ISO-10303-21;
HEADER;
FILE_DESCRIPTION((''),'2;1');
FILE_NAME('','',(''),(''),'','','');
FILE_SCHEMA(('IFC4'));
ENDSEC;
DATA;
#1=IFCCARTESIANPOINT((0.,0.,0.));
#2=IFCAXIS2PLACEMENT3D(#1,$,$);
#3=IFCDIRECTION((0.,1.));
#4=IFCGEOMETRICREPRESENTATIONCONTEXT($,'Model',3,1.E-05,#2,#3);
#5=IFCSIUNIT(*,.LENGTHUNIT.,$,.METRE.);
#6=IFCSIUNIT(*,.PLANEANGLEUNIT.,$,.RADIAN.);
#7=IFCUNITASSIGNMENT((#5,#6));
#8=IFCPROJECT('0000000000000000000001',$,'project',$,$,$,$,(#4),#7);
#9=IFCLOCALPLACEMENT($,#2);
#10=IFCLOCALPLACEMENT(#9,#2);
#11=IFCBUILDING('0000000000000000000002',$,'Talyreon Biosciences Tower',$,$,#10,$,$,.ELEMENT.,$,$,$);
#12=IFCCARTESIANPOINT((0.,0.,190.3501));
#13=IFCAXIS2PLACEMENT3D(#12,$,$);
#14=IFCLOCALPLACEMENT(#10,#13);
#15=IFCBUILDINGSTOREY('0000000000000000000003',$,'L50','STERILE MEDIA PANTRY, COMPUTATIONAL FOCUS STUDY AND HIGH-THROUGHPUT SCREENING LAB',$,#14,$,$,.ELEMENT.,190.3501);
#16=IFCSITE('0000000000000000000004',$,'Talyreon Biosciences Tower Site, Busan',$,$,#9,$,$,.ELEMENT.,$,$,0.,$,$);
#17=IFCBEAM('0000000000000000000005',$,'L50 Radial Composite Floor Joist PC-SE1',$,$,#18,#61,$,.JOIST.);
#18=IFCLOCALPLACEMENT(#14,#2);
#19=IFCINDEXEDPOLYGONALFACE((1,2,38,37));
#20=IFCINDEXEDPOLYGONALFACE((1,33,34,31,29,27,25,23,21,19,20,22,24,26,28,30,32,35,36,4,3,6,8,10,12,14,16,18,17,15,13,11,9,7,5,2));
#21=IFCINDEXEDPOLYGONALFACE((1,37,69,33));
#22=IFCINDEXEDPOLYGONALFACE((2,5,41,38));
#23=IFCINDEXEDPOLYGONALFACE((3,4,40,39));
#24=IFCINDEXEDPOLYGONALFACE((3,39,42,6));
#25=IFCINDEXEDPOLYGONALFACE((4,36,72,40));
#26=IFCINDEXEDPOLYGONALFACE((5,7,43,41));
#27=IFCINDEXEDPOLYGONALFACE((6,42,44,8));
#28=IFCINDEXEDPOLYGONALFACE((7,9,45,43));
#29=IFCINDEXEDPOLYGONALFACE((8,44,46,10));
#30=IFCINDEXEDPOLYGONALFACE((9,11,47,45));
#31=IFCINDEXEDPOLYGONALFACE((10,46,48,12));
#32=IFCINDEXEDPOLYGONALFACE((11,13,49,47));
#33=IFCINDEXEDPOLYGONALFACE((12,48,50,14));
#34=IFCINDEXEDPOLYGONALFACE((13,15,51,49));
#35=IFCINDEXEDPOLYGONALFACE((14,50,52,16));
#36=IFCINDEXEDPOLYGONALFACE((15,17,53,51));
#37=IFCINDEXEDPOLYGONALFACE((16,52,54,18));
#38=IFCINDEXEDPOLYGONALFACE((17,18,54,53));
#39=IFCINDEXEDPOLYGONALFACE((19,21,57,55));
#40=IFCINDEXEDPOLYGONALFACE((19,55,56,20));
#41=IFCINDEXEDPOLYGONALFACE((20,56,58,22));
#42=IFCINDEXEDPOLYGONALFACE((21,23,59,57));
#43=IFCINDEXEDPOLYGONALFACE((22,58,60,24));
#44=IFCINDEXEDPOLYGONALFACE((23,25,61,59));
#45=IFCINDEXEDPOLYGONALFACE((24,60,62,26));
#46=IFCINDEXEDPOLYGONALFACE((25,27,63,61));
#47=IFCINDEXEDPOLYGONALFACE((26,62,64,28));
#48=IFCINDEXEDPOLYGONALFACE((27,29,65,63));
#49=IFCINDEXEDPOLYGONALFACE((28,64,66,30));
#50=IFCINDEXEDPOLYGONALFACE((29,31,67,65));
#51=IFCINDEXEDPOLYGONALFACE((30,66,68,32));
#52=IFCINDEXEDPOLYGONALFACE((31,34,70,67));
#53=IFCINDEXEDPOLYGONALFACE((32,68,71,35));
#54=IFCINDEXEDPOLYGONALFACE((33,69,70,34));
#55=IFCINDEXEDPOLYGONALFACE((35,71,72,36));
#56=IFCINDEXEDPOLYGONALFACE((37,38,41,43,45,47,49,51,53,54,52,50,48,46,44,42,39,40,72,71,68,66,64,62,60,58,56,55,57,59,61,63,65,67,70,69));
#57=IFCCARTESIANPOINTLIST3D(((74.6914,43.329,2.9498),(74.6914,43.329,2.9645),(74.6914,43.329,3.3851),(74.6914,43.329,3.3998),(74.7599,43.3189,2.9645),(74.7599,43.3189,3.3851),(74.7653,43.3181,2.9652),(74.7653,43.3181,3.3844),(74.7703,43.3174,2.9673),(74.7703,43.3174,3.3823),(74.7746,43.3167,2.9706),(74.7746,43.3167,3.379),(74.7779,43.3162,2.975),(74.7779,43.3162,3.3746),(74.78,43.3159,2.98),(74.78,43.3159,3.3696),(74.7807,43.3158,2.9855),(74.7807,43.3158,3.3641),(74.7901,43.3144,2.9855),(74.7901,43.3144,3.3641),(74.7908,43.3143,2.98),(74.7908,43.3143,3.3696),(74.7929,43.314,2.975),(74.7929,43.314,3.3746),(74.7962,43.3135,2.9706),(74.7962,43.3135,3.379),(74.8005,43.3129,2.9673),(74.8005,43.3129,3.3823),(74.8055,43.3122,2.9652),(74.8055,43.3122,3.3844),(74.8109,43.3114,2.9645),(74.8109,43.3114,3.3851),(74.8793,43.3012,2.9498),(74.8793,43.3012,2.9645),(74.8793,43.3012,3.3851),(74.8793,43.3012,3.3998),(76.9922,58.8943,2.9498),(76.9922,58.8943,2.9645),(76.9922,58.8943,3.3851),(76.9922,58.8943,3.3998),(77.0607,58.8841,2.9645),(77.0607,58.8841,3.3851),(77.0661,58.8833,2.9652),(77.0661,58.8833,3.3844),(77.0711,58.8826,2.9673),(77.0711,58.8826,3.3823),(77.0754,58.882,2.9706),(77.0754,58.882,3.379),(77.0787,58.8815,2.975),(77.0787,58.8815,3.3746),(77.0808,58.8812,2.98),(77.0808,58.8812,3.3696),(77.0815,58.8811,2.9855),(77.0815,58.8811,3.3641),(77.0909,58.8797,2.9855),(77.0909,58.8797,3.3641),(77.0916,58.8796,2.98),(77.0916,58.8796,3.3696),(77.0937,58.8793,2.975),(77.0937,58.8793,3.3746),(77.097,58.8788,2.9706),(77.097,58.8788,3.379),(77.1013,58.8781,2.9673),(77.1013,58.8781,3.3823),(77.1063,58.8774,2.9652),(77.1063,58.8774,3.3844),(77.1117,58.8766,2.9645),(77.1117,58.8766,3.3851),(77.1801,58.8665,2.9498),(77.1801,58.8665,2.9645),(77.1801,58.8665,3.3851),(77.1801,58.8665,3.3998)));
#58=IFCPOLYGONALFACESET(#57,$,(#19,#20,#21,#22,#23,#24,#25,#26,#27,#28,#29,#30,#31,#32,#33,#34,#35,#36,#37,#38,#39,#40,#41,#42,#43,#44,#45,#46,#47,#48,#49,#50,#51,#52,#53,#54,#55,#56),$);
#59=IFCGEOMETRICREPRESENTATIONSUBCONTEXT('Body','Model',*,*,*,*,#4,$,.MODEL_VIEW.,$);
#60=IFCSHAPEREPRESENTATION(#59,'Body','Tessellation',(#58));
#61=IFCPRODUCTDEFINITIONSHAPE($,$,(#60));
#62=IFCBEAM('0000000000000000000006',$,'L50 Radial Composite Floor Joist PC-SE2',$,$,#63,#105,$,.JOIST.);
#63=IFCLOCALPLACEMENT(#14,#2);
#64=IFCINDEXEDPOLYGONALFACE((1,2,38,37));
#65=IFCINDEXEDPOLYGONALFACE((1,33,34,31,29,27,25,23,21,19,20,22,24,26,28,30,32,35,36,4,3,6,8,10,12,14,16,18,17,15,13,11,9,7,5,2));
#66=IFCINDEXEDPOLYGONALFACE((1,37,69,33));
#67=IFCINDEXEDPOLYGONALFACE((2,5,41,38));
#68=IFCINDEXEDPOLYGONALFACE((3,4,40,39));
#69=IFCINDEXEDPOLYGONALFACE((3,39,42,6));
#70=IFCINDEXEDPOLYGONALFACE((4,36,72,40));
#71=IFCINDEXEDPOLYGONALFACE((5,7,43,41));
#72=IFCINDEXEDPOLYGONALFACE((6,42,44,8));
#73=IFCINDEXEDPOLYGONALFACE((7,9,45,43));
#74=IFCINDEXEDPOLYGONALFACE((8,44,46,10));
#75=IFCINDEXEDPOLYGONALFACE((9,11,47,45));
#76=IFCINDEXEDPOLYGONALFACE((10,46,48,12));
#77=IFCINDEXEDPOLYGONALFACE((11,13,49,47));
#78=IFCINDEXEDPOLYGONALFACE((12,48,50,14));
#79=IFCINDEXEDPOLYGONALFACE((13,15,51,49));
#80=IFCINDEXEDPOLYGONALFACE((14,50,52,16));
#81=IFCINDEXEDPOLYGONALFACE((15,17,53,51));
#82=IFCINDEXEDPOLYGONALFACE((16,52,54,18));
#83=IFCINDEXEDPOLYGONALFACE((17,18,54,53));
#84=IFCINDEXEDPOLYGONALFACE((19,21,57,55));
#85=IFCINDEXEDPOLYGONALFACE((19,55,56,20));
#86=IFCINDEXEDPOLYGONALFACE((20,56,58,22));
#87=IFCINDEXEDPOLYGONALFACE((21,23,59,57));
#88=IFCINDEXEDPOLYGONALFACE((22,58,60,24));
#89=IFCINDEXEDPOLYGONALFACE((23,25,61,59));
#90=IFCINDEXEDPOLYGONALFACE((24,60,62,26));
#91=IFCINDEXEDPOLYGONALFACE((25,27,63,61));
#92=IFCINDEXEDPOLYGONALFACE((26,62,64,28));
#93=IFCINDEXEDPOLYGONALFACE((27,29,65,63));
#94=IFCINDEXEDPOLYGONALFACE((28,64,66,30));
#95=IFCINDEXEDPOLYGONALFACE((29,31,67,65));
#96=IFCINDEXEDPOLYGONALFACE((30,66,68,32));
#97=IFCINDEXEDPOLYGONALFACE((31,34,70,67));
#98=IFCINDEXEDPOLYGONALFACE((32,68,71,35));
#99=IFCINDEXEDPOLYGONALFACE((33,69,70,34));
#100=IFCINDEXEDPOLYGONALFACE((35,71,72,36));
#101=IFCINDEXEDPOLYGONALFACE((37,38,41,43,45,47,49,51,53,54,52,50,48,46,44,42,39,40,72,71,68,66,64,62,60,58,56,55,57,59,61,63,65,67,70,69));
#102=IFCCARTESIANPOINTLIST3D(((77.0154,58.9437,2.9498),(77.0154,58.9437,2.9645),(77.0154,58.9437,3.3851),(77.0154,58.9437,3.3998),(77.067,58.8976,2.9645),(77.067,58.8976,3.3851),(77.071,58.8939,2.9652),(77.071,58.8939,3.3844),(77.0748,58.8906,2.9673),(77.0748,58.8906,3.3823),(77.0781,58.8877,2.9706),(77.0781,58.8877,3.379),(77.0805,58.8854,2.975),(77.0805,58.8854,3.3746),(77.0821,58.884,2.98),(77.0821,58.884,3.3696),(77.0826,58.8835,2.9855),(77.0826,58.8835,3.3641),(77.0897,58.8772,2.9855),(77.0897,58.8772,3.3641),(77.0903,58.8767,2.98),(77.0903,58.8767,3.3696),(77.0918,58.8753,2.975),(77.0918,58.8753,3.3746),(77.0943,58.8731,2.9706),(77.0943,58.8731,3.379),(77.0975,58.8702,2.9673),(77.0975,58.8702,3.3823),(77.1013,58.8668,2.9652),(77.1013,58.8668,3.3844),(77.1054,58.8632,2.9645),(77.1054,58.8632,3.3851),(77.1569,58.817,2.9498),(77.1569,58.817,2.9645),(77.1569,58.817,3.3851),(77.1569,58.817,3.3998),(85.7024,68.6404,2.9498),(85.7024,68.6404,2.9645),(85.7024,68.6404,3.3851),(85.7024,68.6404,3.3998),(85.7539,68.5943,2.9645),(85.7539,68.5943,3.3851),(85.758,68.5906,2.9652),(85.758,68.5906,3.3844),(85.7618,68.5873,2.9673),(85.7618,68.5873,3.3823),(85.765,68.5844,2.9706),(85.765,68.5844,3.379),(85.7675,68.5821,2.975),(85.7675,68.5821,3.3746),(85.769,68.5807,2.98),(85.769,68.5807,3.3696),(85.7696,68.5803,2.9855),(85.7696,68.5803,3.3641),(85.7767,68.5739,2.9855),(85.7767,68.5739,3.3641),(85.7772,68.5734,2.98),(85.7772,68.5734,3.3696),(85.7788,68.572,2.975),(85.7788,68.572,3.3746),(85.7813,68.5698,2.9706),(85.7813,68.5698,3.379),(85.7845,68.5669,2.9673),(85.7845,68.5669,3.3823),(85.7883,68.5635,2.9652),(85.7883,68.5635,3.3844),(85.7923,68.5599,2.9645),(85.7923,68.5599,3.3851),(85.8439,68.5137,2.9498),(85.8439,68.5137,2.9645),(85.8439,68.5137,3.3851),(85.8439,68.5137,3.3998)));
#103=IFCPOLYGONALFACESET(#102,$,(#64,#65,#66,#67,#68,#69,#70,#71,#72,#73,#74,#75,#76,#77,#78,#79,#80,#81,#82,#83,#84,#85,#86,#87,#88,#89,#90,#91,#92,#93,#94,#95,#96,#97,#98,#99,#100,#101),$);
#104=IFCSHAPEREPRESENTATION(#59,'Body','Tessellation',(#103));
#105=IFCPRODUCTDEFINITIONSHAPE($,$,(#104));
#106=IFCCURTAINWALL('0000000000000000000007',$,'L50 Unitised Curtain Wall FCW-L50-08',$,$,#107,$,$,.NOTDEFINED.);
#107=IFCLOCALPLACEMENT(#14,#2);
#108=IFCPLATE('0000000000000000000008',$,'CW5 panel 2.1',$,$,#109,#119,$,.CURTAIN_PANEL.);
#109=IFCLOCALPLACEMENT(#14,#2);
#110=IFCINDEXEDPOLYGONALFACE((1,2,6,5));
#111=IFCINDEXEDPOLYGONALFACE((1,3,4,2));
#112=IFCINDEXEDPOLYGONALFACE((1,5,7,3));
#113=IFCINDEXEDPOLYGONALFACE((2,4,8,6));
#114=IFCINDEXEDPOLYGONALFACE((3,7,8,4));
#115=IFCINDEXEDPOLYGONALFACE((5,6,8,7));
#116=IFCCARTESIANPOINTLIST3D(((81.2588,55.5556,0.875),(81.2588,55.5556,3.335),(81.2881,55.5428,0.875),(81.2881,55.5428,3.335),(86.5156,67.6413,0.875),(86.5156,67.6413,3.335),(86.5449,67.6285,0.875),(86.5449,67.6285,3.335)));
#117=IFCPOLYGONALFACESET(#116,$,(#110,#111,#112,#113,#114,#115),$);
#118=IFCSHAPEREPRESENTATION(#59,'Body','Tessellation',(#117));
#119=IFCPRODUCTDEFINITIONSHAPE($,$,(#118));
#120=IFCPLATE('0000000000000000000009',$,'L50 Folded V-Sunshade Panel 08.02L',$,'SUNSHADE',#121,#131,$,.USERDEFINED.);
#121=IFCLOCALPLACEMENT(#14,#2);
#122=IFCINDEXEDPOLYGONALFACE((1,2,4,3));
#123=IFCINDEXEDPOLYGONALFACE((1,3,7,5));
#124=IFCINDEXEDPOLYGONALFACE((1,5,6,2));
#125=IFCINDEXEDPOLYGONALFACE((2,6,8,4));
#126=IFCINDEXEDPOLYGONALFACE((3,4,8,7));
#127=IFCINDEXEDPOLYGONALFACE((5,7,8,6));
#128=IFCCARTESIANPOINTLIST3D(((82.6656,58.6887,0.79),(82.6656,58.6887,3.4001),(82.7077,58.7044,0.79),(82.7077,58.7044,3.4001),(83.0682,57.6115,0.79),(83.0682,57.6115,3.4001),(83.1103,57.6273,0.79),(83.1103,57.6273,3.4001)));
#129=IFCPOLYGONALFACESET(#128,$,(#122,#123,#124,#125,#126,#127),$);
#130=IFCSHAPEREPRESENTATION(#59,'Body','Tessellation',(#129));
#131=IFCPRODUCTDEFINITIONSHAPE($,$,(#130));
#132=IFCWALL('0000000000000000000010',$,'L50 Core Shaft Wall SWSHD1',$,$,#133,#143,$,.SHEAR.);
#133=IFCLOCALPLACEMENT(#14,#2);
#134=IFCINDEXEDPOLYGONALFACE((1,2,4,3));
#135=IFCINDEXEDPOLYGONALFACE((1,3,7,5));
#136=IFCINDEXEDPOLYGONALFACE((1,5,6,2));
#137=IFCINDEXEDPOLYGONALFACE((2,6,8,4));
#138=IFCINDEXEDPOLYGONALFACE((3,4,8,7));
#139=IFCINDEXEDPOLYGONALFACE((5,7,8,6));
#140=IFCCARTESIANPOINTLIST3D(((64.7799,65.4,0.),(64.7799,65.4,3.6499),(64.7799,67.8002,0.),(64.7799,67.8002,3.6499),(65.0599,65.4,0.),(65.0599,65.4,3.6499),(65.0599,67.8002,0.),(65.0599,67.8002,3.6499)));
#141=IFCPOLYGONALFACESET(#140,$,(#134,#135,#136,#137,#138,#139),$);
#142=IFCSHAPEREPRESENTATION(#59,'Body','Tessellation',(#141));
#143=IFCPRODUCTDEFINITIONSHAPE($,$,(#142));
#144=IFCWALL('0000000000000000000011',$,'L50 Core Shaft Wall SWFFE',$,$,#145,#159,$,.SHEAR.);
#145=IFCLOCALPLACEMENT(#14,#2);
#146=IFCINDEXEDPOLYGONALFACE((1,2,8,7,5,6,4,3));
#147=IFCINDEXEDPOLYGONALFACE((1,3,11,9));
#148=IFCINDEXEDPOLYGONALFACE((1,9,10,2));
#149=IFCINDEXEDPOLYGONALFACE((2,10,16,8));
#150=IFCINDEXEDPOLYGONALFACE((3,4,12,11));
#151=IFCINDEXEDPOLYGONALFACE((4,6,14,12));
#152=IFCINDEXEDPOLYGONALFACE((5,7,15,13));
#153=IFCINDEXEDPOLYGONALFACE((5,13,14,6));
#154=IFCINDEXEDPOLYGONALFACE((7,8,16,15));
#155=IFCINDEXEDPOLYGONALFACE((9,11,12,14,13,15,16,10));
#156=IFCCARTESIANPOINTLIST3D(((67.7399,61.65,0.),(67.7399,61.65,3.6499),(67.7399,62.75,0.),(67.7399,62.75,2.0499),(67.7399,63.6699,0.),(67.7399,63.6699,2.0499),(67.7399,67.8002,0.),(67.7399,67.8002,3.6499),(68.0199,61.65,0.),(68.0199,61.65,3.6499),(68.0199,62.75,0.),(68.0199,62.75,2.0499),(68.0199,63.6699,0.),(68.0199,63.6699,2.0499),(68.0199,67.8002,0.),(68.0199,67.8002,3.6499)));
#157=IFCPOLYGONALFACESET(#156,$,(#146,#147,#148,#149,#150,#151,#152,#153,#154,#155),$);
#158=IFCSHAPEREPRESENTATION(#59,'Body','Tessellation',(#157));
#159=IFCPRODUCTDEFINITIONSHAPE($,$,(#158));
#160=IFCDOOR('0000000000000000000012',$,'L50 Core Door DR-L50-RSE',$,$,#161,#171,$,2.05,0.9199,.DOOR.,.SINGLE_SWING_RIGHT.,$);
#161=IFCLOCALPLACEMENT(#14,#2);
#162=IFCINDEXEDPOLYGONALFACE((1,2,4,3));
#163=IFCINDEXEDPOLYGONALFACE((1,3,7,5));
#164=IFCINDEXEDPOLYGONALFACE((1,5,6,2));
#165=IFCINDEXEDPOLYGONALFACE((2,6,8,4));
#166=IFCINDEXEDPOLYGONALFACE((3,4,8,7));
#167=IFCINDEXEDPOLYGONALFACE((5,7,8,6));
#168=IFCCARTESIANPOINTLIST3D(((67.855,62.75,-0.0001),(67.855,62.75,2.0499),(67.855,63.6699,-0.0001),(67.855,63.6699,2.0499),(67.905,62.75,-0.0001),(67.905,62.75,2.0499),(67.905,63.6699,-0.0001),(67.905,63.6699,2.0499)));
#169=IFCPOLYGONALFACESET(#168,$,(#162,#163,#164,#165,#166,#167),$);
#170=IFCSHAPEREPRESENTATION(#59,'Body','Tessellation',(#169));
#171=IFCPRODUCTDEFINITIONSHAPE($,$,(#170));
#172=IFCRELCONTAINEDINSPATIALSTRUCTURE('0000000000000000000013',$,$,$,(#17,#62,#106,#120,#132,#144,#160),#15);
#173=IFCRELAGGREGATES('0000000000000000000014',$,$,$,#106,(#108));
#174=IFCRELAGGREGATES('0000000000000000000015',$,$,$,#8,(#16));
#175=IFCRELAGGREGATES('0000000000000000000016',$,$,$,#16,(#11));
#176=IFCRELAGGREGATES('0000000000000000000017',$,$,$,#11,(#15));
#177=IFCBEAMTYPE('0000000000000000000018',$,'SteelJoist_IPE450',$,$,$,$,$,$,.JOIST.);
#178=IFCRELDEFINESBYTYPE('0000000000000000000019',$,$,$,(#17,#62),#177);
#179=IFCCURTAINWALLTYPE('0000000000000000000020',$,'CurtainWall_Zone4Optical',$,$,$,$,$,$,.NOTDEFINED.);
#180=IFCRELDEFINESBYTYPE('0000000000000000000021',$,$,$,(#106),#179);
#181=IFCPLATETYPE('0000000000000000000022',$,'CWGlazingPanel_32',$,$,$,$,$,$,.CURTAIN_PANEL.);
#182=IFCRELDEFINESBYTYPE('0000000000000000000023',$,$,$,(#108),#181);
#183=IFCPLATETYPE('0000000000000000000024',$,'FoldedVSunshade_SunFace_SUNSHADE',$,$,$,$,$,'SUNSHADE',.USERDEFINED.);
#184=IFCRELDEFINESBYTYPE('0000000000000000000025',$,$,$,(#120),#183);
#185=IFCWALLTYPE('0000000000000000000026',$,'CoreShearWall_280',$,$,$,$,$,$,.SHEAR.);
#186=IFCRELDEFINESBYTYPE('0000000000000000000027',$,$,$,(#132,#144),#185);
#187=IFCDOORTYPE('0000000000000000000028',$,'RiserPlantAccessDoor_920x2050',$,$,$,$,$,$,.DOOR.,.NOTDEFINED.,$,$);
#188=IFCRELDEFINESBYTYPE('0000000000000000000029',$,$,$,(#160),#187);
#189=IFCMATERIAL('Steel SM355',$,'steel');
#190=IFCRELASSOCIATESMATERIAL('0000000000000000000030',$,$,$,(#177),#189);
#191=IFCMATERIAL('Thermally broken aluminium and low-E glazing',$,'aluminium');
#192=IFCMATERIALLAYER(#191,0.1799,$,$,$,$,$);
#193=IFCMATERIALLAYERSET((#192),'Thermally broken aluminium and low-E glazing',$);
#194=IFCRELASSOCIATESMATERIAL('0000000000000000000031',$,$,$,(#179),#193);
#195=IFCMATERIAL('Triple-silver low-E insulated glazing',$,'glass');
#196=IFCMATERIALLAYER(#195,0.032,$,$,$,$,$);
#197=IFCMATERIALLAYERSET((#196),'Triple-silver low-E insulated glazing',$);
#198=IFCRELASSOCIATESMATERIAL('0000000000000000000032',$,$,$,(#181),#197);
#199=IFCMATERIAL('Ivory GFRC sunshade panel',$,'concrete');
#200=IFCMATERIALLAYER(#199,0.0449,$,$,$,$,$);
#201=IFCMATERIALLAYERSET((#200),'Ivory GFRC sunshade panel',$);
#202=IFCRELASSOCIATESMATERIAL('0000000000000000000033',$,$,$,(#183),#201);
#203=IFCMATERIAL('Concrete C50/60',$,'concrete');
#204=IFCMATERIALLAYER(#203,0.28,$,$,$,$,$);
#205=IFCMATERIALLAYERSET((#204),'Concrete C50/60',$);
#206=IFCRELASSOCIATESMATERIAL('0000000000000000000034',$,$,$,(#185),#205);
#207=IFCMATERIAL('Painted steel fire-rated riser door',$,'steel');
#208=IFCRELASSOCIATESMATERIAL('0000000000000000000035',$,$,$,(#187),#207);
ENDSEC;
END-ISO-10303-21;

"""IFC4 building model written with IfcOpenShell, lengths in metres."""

from ifc_helpers import new_model, si_unit, direction, frame, frame_2d, origin, origin_2d, place, context, subcontext, project, spatial, rectangle, i_section, extrude, material, layer, layer_set, material_profile, profile_set, type_object, element, fill, aggregate, save


model = new_model("IFC4")

# Units and contexts
model_context = context("Model", 3, precision=1e-05, world=origin(), true_north=direction((0.0, 1.0)))
body_context = subcontext(model_context, "Body", "Model", "MODEL_VIEW")
ifc_project = project(units=[si_unit("LENGTHUNIT", "METRE"), si_unit("PLANEANGLEUNIT", "RADIAN")], contexts=[model_context])

# Site, building, storey
site_placement = place(None, origin())
site = spatial("IfcSite", under=ifc_project, at=site_placement, Name="Talyreon Biosciences Tower Site, Busan", CompositionType="ELEMENT", RefElevation=0.0)
building_placement = place(site_placement, origin())
building = spatial("IfcBuilding", under=site, at=building_placement, Name="Talyreon Biosciences Tower", CompositionType="ELEMENT")
storey_placement = place(building_placement, frame((0.0, 0.0, 190.3501)))
storey = spatial("IfcBuildingStorey", under=building, at=storey_placement, Name="L50", Description="STERILE MEDIA PANTRY, COMPUTATIONAL FOCUS STUDY AND HIGH-THROUGHPUT SCREENING LAB", CompositionType="ELEMENT", Elevation=190.3501)

# Shared definitions
ifc_material_1 = material(Name="Concrete C50/60", Category="concrete")

# Beams
ifc_material_2 = material(Name="Steel SM355", Category="steel")
ifc_material_profile_1 = material_profile(ifc_material_2, i_section(OverallWidth=0.1899, OverallDepth=0.45, WebThickness=0.0095, FlangeThickness=0.0146, FilletRadius=0.021, at=origin_2d()), Name="IPE450")
ifc_profile_set_1 = profile_set([ifc_material_profile_1], Name="Steel SM355")
beam_type_1 = type_object("IfcBeamType", Name="SteelJoist_IPE450", PredefinedType="JOIST", material=ifc_profile_set_1)
beam_1_placement = place(storey_placement, frame((77.0862, 58.8804, 3.1748), z_axis=(-0.146227, -0.989251, 0.0), x_axis=(0.989251, -0.146227, 0.0)))
element("IfcBeam", 1, at=beam_1_placement, inside=storey, type_object=beam_type_1, Name="L50 Radial Composite Floor Joist PC-SE1", PredefinedType="JOIST", context=body_context, shape_type="SweptSolid", body=[
    extrude(i_section(OverallWidth=0.1899, OverallDepth=0.45, WebThickness=0.0095, FlangeThickness=0.0146, FilletRadius=0.021, at=origin_2d()), origin(), (0.0, 0.0, 1.0), 15.7344),
])
beam_2_placement = place(storey_placement, frame((77.0862, 58.8804, 3.1748), z_axis=(0.667262, 0.744823, 0.0), x_axis=(-0.744823, 0.667262, 0.0)))
element("IfcBeam", 2, at=beam_2_placement, inside=storey, type_object=beam_type_1, Name="L50 Radial Composite Floor Joist PC-SE2", PredefinedType="JOIST", context=body_context, shape_type="SweptSolid", body=[
    extrude(i_section(OverallWidth=0.1899, OverallDepth=0.45, WebThickness=0.0095, FlangeThickness=0.0146, FilletRadius=0.021, at=origin_2d()), origin(), (0.0, 0.0, 1.0), 13.0188),
])

# Curtain wall, plate
ifc_material_3 = material(Name="Thermally broken aluminium and low-E glazing", Category="aluminium")
ifc_layer_1 = layer(ifc_material_3, 0.1799)
ifc_layer_set_1 = layer_set([ifc_layer_1], Name="Thermally broken aluminium and low-E glazing")
curtain_wall_type = type_object("IfcCurtainWallType", Name="CurtainWall_Zone4Optical", PredefinedType="NOTDEFINED", material=ifc_layer_set_1)
curtain_wall_placement = place(storey_placement, origin())
curtain_wall = element("IfcCurtainWall", 3, at=curtain_wall_placement, inside=storey, type_object=curtain_wall_type, Name="L50 Unitised Curtain Wall FCW-L50-08", PredefinedType="NOTDEFINED")
ifc_material_4 = material(Name="Triple-silver low-E insulated glazing", Category="glass")
ifc_layer_2 = layer(ifc_material_4, 0.032)
ifc_layer_set_2 = layer_set([ifc_layer_2], Name="Triple-silver low-E insulated glazing")
plate_type_1 = type_object("IfcPlateType", Name="CWGlazingPanel_32", PredefinedType="CURTAIN_PANEL", material=ifc_layer_set_2)
plate_1_placement = place(storey_placement, frame((83.9019, 61.592, 0.875), z_axis=(0.0, 0.0, 1.0), x_axis=(-0.398862, -0.917011, 0.0)))
plate_1 = element("IfcPlate", 4, at=plate_1_placement, type_object=plate_type_1, Name="CW5 panel 2.1", PredefinedType="CURTAIN_PANEL", context=body_context, shape_type="SweptSolid", body=[
    extrude(rectangle(XDim=13.1794, YDim=0.032, at=origin_2d()), origin(), (0.0, 0.0, 1.0), 2.46),
])
aggregate(curtain_wall, [plate_1])

# Plate
ifc_material_5 = material(Name="Ivory GFRC sunshade panel", Category="concrete")
ifc_layer_3 = layer(ifc_material_5, 0.0449)
ifc_layer_set_3 = layer_set([ifc_layer_3], Name="Ivory GFRC sunshade panel")
plate_type_2 = type_object("IfcPlateType", Name="FoldedVSunshade_SunFace_SUNSHADE", ElementType="SUNSHADE", PredefinedType="USERDEFINED", material=ifc_layer_set_3)
plate_2_placement = place(storey_placement, frame((82.8879, 58.158, 0.79), z_axis=(0.0, 0.0, 1.0), x_axis=(0.350093, -0.936715, 0.0)))
element("IfcPlate", 5, at=plate_2_placement, inside=storey, type_object=plate_type_2, Name="L50 Folded V-Sunshade Panel 08.02L", ObjectType="SUNSHADE", PredefinedType="USERDEFINED", context=body_context, shape_type="SweptSolid", body=[
    extrude(rectangle(XDim=1.1499, YDim=0.0449, at=origin_2d()), origin(), (0.0, 0.0, 1.0), 2.6101),
])

# Wall
ifc_layer_4 = layer(ifc_material_1, 0.28)
ifc_layer_set_4 = layer_set([ifc_layer_4], Name="Concrete C50/60")
wall_type_1 = type_object("IfcWallType", Name="CoreShearWall_280", PredefinedType="SHEAR", material=ifc_layer_set_4)
wall_1_placement = place(storey_placement, frame((64.9199, 65.3999, 0.0), z_axis=(0.0, 0.0, 1.0), x_axis=(0.0, 1.0, 0.0)))
element("IfcWall", 6, at=wall_1_placement, inside=storey, type_object=wall_type_1, Name="L50 Core Shaft Wall SWSHD1", PredefinedType="SHEAR", context=body_context, shape_type="SweptSolid", body=[
    extrude(rectangle(XDim=2.4001, YDim=0.28, at=frame_2d((1.2002, 0.0))), origin(), (0.0, 0.0, 1.0), 3.6499),
])

# Wall, opening, door
wall_2_placement = place(storey_placement, frame((67.8799, 61.6499, 0.0), z_axis=(0.0, 0.0, 1.0), x_axis=(0.0, 1.0, 0.0)))
wall_2 = element("IfcWall", 7, at=wall_2_placement, inside=storey, type_object=wall_type_1, Name="L50 Core Shaft Wall SWFFE", PredefinedType="SHEAR", context=body_context, shape_type="SweptSolid", body=[
    extrude(rectangle(XDim=6.1501, YDim=0.28, at=frame_2d((3.0752, 0.0))), origin(), (0.0, 0.0, 1.0), 3.6499),
])
opening_1_placement = place(wall_2_placement, frame((1.1001, 0.0, 0.0)))
opening_1 = element("IfcOpeningElement", 8, at=opening_1_placement, cuts=wall_2, PredefinedType="OPENING", context=body_context, shape_type="SweptSolid", body=[
    extrude(rectangle(XDim=0.9199, YDim=2.05, at=frame_2d((0.46, 1.0249))), frame((0.0, 0.1499, 0.0), z_axis=(0.0, -1.0, 0.0), x_axis=(1.0, 0.0, 0.0)), (0.0, 0.0, 1.0), 0.3),
])
ifc_material_6 = material(Name="Painted steel fire-rated riser door", Category="steel")
door_type_1 = type_object("IfcDoorType", Name="RiserPlantAccessDoor_920x2050", OperationType="NOTDEFINED", PredefinedType="DOOR", material=ifc_material_6)
door_1_placement = place(opening_1_placement, origin())
door_1 = element("IfcDoor", 9, at=door_1_placement, inside=storey, type_object=door_type_1, Name="L50 Core Door DR-L50-RSE", OperationType="SINGLE_SWING_RIGHT", OverallHeight=2.05, OverallWidth=0.9199, PredefinedType="DOOR", context=body_context, shape_type="SweptSolid", body=[
    extrude(rectangle(XDim=0.9199, YDim=2.05, at=frame_2d((0.46, 1.0249))), frame((0.0, 0.0249, 0.0), z_axis=(0.0, -1.0, 0.0), x_axis=(1.0, 0.0, 0.0)), (0.0, 0.0, 1.0), 0.05),
])
fill(opening_1, door_1)

save(model, "model.ifc")
